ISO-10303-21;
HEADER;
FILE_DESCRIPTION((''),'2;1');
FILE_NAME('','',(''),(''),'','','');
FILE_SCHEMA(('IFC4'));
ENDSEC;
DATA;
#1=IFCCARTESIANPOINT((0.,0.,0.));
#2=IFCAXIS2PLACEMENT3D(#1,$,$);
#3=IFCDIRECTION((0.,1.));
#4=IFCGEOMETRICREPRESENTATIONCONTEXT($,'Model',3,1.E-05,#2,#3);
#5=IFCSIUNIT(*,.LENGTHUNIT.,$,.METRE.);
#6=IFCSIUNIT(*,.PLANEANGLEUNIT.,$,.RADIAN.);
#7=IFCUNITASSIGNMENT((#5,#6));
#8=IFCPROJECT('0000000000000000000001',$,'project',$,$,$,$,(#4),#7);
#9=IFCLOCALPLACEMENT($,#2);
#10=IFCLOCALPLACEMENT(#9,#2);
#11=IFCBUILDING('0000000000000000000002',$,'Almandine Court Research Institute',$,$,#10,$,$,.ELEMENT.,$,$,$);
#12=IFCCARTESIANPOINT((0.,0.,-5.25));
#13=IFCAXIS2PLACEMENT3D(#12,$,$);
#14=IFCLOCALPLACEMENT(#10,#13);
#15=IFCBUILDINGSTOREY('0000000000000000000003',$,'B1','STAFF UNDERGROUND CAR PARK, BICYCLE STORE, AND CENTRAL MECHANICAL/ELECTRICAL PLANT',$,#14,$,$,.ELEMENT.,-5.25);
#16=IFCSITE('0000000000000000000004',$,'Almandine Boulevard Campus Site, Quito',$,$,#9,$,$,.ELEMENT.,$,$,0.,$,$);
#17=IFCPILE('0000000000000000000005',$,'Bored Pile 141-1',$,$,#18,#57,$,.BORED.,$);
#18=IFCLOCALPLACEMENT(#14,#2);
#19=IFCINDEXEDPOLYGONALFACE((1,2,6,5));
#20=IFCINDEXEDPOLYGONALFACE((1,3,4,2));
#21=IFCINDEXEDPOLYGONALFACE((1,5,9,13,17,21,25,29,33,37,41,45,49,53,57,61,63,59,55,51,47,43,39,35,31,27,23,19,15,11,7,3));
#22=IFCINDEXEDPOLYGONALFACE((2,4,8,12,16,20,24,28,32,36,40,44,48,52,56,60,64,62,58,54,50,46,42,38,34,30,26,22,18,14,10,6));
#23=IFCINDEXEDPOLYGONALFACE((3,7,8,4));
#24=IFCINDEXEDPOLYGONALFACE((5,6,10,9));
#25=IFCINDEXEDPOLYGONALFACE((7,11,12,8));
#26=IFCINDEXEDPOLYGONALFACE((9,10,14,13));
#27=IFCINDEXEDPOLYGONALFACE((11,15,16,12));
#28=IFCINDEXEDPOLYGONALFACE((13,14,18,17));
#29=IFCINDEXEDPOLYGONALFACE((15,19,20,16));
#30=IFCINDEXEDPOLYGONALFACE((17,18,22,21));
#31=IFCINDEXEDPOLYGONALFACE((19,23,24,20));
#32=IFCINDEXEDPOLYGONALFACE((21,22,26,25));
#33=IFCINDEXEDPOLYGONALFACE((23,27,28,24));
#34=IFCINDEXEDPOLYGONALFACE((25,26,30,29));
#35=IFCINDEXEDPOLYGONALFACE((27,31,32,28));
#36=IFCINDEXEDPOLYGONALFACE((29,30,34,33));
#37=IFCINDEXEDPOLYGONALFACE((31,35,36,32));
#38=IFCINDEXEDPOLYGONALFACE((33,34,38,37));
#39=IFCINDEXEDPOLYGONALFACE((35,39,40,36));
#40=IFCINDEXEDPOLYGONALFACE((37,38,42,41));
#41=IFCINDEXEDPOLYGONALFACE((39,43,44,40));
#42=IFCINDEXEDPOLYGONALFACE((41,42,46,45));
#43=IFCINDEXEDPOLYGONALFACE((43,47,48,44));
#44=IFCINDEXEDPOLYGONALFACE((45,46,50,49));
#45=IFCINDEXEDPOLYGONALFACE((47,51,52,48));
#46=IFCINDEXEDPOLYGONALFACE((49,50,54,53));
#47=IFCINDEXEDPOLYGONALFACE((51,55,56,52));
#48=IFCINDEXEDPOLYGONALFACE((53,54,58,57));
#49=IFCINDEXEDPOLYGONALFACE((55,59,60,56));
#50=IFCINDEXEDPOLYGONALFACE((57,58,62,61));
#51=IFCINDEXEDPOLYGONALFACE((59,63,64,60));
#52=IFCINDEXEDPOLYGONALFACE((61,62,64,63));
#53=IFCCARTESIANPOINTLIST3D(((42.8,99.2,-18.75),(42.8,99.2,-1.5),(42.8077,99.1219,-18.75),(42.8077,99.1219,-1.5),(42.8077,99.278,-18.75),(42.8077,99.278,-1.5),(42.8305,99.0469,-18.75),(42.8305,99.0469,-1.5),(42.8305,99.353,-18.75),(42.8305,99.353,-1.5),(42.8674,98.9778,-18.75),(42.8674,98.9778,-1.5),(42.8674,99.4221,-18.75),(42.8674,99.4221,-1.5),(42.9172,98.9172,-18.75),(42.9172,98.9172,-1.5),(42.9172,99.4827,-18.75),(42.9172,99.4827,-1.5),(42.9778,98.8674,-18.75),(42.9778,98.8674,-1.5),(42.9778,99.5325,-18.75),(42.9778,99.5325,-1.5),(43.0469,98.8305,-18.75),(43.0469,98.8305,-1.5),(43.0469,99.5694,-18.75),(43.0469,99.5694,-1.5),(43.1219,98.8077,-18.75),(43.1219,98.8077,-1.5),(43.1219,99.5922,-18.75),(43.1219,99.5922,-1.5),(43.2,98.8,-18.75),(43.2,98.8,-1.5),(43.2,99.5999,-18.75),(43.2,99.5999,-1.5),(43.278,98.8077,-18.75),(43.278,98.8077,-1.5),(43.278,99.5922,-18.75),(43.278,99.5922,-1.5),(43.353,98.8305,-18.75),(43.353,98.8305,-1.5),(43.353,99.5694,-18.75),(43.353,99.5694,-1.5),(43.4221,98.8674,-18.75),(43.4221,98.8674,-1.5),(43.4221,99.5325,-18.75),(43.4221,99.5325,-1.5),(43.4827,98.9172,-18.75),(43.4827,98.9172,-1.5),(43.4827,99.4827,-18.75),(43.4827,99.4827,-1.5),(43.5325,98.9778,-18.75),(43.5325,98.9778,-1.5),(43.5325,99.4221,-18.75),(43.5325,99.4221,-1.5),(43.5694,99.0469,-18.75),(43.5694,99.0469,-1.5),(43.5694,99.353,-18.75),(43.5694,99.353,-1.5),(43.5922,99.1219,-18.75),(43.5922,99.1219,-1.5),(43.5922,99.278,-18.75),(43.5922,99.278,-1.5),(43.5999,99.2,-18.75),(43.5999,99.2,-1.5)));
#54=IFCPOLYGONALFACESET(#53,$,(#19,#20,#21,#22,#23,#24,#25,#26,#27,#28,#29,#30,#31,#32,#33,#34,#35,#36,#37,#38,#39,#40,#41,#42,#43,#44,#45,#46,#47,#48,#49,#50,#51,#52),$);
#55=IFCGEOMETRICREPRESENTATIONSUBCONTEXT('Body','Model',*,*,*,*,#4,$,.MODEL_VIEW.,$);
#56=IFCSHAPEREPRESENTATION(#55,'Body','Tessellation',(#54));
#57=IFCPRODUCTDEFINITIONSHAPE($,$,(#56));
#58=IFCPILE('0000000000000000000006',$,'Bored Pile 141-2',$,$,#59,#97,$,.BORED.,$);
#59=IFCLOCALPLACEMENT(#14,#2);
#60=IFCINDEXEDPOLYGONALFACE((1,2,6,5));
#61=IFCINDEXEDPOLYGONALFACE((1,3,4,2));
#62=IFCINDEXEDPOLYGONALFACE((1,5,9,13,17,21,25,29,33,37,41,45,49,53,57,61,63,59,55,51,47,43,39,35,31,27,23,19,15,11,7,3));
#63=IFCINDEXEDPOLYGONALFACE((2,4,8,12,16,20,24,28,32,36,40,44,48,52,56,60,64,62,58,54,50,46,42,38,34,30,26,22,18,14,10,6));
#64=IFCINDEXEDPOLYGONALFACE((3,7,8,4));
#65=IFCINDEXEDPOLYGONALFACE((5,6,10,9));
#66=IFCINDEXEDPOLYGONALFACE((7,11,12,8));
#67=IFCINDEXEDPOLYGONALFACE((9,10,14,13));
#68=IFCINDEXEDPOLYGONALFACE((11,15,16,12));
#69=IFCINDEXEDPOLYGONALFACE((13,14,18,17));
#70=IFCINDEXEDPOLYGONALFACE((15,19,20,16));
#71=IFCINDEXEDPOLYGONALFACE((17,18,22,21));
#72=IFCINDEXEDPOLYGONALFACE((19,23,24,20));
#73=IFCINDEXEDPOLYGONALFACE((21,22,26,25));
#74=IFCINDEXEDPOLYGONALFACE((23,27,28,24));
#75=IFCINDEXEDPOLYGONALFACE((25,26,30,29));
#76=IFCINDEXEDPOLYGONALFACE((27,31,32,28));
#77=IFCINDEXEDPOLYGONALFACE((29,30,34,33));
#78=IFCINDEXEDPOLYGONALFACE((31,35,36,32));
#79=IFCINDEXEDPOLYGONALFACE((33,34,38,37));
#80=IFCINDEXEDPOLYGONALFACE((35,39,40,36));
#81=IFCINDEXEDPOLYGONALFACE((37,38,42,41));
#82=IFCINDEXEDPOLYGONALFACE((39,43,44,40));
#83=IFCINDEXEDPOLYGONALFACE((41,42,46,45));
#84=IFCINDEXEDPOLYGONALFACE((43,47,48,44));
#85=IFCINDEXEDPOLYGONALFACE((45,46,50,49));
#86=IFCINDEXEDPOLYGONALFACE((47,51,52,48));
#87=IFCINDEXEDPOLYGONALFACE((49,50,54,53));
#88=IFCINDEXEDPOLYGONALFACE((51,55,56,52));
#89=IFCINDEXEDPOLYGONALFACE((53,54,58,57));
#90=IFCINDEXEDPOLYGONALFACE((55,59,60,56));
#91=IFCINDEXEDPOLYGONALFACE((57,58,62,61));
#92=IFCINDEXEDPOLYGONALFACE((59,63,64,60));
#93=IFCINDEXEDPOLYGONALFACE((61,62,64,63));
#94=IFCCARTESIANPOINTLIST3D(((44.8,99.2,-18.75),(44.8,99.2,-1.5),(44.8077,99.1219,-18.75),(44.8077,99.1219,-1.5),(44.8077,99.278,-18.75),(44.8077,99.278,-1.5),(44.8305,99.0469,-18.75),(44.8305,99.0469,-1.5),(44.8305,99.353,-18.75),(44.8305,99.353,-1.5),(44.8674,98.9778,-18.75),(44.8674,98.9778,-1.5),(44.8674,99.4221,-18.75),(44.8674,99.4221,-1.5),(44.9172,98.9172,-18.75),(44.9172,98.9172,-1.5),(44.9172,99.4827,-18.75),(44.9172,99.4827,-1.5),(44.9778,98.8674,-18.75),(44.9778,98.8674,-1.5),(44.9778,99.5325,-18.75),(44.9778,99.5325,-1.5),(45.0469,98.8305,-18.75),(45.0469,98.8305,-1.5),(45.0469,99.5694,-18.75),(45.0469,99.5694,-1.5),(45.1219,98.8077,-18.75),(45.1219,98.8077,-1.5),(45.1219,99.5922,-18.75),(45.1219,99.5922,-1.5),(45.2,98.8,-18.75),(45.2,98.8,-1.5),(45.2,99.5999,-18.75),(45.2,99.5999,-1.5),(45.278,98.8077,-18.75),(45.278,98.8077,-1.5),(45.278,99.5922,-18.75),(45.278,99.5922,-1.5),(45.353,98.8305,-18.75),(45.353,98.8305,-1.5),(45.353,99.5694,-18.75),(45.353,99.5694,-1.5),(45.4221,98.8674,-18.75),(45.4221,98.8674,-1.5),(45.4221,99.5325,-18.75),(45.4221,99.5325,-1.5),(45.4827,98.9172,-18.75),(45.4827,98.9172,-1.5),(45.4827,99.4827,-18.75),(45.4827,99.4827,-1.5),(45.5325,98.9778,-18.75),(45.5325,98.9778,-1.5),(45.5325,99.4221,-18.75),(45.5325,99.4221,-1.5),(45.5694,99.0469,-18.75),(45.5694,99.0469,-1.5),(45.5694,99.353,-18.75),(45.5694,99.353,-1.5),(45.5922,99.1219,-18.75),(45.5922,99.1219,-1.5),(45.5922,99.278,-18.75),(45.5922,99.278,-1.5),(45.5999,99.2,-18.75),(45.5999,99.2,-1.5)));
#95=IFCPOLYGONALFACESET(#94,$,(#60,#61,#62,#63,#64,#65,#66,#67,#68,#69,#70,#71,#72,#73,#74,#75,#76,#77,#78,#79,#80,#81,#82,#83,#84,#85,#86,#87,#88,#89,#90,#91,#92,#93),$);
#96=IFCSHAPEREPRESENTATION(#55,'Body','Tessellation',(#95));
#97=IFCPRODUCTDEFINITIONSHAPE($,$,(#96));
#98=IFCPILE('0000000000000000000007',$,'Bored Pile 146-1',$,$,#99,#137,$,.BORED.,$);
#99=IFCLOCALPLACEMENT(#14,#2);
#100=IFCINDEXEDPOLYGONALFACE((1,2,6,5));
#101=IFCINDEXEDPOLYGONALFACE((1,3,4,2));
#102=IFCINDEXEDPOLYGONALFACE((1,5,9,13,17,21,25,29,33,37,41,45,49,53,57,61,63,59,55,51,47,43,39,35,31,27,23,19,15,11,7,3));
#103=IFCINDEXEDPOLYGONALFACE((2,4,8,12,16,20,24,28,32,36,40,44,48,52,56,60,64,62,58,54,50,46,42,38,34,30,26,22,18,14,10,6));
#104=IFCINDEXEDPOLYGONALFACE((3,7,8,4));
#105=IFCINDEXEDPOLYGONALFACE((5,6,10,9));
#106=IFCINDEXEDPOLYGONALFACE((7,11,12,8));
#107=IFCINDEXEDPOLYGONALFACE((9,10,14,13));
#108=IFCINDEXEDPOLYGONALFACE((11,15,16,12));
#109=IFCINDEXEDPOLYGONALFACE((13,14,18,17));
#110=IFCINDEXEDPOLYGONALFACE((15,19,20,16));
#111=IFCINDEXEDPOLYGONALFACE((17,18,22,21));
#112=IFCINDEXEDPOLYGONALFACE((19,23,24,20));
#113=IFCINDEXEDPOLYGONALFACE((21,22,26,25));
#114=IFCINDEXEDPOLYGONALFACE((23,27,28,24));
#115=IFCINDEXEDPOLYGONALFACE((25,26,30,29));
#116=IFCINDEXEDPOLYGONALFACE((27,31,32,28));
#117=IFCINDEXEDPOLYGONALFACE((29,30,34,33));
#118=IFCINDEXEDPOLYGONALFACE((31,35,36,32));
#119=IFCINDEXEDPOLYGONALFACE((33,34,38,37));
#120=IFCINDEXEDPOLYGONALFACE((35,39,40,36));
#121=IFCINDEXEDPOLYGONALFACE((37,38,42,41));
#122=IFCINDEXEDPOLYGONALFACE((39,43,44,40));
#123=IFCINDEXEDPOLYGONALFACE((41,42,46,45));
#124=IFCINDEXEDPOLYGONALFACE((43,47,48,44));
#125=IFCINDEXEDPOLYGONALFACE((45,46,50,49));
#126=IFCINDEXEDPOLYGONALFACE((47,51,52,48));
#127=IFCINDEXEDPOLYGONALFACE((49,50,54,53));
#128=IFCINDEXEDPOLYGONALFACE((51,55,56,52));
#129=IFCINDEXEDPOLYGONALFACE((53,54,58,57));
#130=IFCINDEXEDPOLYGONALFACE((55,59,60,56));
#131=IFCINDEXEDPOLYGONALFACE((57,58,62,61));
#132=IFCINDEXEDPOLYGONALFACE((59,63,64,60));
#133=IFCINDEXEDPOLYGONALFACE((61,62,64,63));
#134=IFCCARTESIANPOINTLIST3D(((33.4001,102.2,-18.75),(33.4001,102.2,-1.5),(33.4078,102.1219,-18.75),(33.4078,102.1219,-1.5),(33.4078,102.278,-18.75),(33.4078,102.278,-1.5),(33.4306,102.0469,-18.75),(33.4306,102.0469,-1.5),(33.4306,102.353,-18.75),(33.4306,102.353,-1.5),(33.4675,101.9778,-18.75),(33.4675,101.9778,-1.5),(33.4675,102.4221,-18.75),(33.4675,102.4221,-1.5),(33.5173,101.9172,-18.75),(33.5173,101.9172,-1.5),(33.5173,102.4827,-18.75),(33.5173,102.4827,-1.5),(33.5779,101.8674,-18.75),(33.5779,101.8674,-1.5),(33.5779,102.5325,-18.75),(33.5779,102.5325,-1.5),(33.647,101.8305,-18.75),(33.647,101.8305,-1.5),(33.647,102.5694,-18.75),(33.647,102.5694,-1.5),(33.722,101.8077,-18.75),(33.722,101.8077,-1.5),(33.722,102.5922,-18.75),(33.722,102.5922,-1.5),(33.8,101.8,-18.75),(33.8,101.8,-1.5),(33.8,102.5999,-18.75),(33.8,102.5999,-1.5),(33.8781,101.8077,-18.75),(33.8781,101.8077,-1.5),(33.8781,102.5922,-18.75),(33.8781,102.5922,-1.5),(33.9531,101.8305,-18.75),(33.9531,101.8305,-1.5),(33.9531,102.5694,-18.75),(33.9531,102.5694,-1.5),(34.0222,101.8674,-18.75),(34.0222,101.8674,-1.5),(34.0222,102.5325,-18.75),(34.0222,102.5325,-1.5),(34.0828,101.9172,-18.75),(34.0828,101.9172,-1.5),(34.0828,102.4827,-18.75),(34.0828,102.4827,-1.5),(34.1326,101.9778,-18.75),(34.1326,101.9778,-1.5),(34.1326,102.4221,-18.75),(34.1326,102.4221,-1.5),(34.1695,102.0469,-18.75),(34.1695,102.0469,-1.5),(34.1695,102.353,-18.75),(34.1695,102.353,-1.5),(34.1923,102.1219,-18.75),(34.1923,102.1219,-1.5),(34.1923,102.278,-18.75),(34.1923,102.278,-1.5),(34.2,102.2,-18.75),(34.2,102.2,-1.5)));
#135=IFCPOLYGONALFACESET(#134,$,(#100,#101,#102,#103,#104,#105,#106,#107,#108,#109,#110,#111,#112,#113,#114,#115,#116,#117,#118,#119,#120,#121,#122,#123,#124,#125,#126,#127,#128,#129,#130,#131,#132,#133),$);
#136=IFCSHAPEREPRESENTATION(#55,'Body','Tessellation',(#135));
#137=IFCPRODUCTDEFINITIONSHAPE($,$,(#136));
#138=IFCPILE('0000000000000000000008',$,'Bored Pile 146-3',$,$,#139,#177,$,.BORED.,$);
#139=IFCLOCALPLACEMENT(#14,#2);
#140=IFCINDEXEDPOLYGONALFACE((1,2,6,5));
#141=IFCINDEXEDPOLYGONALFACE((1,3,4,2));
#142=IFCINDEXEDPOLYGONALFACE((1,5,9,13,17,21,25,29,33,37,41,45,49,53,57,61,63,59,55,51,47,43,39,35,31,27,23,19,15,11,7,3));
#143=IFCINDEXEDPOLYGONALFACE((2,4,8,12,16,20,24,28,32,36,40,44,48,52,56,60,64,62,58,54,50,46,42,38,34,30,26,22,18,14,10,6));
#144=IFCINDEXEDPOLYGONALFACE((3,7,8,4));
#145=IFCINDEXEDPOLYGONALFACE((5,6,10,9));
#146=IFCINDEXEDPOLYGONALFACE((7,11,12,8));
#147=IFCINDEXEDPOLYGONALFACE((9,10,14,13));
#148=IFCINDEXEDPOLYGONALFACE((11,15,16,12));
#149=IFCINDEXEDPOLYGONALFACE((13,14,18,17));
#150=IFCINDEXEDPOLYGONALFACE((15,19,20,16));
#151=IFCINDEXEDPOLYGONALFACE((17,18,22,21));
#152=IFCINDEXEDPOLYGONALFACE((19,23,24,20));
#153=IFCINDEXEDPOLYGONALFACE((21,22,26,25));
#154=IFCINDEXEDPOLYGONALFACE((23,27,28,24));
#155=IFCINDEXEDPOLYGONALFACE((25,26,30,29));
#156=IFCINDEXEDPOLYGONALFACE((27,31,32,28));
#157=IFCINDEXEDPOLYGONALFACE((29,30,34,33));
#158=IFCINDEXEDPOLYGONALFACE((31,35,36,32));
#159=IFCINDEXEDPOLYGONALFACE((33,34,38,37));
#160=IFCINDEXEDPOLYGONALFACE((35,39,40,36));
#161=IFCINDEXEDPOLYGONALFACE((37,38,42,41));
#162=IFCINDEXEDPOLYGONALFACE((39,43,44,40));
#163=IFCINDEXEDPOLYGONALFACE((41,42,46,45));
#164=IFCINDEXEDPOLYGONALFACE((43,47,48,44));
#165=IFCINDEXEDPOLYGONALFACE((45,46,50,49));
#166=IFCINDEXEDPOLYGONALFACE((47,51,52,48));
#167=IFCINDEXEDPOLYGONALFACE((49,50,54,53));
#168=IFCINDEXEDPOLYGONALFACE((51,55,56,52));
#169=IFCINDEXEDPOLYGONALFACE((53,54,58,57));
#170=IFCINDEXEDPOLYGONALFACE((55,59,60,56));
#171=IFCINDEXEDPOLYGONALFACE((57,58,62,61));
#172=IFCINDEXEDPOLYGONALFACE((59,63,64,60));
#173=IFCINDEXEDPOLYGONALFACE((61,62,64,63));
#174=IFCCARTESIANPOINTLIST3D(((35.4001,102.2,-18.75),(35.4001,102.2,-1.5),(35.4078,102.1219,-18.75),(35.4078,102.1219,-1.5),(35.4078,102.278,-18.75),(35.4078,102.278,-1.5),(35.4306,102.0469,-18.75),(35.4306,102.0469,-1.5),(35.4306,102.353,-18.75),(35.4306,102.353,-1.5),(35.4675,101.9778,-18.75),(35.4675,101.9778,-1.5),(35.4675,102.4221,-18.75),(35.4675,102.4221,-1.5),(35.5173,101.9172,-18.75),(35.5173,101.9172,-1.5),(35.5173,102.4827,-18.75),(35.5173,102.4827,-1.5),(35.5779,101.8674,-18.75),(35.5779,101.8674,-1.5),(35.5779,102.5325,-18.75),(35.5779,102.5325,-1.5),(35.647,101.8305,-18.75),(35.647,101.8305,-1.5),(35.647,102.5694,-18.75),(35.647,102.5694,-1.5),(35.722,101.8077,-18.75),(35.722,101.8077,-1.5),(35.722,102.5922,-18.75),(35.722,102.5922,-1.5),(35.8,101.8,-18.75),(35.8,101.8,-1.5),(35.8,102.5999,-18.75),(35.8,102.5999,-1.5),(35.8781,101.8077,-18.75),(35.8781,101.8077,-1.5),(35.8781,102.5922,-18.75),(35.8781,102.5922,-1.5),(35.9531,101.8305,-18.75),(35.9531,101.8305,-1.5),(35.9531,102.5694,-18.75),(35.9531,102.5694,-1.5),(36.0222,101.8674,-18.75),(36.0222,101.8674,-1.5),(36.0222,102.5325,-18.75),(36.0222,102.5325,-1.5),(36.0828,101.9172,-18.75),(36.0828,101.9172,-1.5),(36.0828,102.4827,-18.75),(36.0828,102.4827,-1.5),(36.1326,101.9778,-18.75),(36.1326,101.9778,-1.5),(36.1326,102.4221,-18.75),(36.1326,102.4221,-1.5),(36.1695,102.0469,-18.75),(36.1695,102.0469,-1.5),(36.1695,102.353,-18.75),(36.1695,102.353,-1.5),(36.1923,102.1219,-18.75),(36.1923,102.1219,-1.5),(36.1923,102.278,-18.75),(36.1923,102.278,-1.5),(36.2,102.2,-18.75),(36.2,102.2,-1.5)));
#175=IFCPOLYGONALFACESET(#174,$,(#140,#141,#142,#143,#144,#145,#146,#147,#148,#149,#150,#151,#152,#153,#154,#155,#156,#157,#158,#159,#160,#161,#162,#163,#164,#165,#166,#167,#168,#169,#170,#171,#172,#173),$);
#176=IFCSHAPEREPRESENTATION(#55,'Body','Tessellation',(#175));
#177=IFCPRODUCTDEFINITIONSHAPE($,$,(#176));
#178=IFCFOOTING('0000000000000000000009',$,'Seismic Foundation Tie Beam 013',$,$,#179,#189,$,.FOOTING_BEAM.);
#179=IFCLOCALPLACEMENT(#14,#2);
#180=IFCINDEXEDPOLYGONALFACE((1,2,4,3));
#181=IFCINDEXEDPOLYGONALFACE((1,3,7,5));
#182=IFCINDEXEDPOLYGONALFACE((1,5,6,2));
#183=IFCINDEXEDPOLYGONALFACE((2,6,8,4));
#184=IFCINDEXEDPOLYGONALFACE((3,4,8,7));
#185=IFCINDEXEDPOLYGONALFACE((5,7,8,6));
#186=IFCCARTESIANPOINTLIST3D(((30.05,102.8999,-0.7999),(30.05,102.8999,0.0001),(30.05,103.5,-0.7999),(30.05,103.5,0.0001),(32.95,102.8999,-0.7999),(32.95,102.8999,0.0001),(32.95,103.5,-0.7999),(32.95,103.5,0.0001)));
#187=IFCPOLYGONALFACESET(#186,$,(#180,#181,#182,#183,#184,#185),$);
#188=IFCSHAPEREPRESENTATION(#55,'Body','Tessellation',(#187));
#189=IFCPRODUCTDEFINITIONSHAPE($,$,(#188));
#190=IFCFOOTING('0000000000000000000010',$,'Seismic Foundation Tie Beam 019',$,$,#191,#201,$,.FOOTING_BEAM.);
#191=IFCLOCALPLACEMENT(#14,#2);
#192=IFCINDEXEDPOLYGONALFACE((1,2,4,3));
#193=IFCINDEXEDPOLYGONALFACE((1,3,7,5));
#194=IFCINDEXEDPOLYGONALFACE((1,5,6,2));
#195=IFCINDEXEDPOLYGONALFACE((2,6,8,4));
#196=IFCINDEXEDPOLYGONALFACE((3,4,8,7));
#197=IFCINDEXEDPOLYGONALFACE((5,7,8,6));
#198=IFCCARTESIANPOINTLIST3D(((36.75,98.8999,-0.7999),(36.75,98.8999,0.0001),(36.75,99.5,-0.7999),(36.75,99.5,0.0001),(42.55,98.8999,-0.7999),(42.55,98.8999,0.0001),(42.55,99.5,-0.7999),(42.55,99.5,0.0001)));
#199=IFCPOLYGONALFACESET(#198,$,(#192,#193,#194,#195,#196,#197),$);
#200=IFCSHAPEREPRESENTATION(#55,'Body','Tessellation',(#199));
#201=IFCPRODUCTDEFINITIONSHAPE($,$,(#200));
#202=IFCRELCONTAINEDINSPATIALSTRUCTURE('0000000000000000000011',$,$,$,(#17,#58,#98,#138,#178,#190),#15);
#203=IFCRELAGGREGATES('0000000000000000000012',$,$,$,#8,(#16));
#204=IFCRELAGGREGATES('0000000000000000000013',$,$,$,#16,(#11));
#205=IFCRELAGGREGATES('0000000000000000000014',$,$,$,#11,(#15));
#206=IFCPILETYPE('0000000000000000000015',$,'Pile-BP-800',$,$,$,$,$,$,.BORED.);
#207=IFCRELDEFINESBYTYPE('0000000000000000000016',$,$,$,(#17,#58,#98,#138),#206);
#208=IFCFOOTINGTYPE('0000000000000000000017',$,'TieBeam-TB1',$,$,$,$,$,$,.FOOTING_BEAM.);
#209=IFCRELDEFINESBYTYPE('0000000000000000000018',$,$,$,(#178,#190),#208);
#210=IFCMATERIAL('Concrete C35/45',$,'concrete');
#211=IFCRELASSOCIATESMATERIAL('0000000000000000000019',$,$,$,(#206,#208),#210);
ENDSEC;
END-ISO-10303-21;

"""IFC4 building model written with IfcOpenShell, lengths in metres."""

from ifc_helpers import new_model, si_unit, direction, frame, origin, origin_2d, place, context, subcontext, project, spatial, rectangle, circle, extrude, material, material_profile, profile_set, type_object, element, save


model = new_model("IFC4")

# Units and contexts
model_context = context("Model", 3, precision=1e-05, world=origin(), true_north=direction((0.0, 1.0)))
body_context = subcontext(model_context, "Body", "Model", "MODEL_VIEW")
ifc_project = project(units=[si_unit("LENGTHUNIT", "METRE"), si_unit("PLANEANGLEUNIT", "RADIAN")], contexts=[model_context])

# Site, building, storey
site_placement = place(None, origin())
site = spatial("IfcSite", under=ifc_project, at=site_placement, Name="Almandine Boulevard Campus Site, Quito", CompositionType="ELEMENT", RefElevation=0.0)
building_placement = place(site_placement, origin())
building = spatial("IfcBuilding", under=site, at=building_placement, Name="Almandine Court Research Institute", CompositionType="ELEMENT")
storey_placement = place(building_placement, frame((0.0, 0.0, -5.25)))
storey = spatial("IfcBuildingStorey", under=building, at=storey_placement, Name="B1", Description="STAFF UNDERGROUND CAR PARK, BICYCLE STORE, AND CENTRAL MECHANICAL/ELECTRICAL PLANT", CompositionType="ELEMENT", Elevation=-5.25)

# Shared definitions
ifc_material_1 = material(Name="Concrete C35/45", Category="concrete")

# Piles
ifc_material_profile_1 = material_profile(ifc_material_1, circle(Radius=0.3999, at=origin_2d()), Name="BORED PILE D800")
ifc_profile_set_1 = profile_set([ifc_material_profile_1], Name="Concrete C35/45")
pile_type = type_object("IfcPileType", Name="Pile-BP-800", PredefinedType="BORED", material=ifc_profile_set_1)
for number, where, z_axis, x_axis, name in (
    (1, (43.2, 99.2, -1.5), (0.0, 0.0, -1.0), (1.0, 0.0, 0.0), "Bored Pile 141-1"),
    (2, (45.2, 99.2, -1.5), (0.0, 0.0, -1.0), (1.0, 0.0, 0.0), "Bored Pile 141-2"),
    (3, (33.8, 102.2, -1.5), (0.0, 0.0, -1.0), (1.0, 0.0, 0.0), "Bored Pile 146-1"),
    (4, (35.8, 102.2, -1.5), (0.0, 0.0, -1.0), (1.0, 0.0, 0.0), "Bored Pile 146-3"),
):
    element("IfcPile", number, at=place(storey_placement, frame(where, z_axis=z_axis, x_axis=x_axis)), inside=storey, type_object=pile_type, Name=name, PredefinedType="BORED", context=body_context, shape_type="SweptSolid", body=[
        extrude(circle(Radius=0.3999, at=origin_2d()), origin(), (0.0, 0.0, 1.0), 17.25),
    ])

# Footings
ifc_material_profile_2 = material_profile(ifc_material_1, rectangle(XDim=0.6001, YDim=0.8, at=origin_2d()), Name="RC TIE 600x800")
ifc_profile_set_2 = profile_set([ifc_material_profile_2], Name="Concrete C35/45")
footing_type_1 = type_object("IfcFootingType", Name="TieBeam-TB1", PredefinedType="FOOTING_BEAM", material=ifc_profile_set_2)
footing_1_placement = place(storey_placement, frame((30.05, 103.2, -0.3999), z_axis=(1.0, 0.0, 0.0), x_axis=(0.0, 1.0, 0.0)))
element("IfcFooting", 5, at=footing_1_placement, inside=storey, type_object=footing_type_1, Name="Seismic Foundation Tie Beam 013", PredefinedType="FOOTING_BEAM", context=body_context, shape_type="SweptSolid", body=[
    extrude(rectangle(XDim=0.6001, YDim=0.8, at=origin_2d()), origin(), (0.0, 0.0, 1.0), 2.8999),
])
footing_2_placement = place(storey_placement, frame((36.75, 99.2, -0.3999), z_axis=(1.0, 0.0, 0.0), x_axis=(0.0, 1.0, 0.0)))
element("IfcFooting", 6, at=footing_2_placement, inside=storey, type_object=footing_type_1, Name="Seismic Foundation Tie Beam 019", PredefinedType="FOOTING_BEAM", context=body_context, shape_type="SweptSolid", body=[
    extrude(rectangle(XDim=0.6001, YDim=0.8, at=origin_2d()), origin(), (0.0, 0.0, 1.0), 5.8),
])

save(model, "model.ifc")
